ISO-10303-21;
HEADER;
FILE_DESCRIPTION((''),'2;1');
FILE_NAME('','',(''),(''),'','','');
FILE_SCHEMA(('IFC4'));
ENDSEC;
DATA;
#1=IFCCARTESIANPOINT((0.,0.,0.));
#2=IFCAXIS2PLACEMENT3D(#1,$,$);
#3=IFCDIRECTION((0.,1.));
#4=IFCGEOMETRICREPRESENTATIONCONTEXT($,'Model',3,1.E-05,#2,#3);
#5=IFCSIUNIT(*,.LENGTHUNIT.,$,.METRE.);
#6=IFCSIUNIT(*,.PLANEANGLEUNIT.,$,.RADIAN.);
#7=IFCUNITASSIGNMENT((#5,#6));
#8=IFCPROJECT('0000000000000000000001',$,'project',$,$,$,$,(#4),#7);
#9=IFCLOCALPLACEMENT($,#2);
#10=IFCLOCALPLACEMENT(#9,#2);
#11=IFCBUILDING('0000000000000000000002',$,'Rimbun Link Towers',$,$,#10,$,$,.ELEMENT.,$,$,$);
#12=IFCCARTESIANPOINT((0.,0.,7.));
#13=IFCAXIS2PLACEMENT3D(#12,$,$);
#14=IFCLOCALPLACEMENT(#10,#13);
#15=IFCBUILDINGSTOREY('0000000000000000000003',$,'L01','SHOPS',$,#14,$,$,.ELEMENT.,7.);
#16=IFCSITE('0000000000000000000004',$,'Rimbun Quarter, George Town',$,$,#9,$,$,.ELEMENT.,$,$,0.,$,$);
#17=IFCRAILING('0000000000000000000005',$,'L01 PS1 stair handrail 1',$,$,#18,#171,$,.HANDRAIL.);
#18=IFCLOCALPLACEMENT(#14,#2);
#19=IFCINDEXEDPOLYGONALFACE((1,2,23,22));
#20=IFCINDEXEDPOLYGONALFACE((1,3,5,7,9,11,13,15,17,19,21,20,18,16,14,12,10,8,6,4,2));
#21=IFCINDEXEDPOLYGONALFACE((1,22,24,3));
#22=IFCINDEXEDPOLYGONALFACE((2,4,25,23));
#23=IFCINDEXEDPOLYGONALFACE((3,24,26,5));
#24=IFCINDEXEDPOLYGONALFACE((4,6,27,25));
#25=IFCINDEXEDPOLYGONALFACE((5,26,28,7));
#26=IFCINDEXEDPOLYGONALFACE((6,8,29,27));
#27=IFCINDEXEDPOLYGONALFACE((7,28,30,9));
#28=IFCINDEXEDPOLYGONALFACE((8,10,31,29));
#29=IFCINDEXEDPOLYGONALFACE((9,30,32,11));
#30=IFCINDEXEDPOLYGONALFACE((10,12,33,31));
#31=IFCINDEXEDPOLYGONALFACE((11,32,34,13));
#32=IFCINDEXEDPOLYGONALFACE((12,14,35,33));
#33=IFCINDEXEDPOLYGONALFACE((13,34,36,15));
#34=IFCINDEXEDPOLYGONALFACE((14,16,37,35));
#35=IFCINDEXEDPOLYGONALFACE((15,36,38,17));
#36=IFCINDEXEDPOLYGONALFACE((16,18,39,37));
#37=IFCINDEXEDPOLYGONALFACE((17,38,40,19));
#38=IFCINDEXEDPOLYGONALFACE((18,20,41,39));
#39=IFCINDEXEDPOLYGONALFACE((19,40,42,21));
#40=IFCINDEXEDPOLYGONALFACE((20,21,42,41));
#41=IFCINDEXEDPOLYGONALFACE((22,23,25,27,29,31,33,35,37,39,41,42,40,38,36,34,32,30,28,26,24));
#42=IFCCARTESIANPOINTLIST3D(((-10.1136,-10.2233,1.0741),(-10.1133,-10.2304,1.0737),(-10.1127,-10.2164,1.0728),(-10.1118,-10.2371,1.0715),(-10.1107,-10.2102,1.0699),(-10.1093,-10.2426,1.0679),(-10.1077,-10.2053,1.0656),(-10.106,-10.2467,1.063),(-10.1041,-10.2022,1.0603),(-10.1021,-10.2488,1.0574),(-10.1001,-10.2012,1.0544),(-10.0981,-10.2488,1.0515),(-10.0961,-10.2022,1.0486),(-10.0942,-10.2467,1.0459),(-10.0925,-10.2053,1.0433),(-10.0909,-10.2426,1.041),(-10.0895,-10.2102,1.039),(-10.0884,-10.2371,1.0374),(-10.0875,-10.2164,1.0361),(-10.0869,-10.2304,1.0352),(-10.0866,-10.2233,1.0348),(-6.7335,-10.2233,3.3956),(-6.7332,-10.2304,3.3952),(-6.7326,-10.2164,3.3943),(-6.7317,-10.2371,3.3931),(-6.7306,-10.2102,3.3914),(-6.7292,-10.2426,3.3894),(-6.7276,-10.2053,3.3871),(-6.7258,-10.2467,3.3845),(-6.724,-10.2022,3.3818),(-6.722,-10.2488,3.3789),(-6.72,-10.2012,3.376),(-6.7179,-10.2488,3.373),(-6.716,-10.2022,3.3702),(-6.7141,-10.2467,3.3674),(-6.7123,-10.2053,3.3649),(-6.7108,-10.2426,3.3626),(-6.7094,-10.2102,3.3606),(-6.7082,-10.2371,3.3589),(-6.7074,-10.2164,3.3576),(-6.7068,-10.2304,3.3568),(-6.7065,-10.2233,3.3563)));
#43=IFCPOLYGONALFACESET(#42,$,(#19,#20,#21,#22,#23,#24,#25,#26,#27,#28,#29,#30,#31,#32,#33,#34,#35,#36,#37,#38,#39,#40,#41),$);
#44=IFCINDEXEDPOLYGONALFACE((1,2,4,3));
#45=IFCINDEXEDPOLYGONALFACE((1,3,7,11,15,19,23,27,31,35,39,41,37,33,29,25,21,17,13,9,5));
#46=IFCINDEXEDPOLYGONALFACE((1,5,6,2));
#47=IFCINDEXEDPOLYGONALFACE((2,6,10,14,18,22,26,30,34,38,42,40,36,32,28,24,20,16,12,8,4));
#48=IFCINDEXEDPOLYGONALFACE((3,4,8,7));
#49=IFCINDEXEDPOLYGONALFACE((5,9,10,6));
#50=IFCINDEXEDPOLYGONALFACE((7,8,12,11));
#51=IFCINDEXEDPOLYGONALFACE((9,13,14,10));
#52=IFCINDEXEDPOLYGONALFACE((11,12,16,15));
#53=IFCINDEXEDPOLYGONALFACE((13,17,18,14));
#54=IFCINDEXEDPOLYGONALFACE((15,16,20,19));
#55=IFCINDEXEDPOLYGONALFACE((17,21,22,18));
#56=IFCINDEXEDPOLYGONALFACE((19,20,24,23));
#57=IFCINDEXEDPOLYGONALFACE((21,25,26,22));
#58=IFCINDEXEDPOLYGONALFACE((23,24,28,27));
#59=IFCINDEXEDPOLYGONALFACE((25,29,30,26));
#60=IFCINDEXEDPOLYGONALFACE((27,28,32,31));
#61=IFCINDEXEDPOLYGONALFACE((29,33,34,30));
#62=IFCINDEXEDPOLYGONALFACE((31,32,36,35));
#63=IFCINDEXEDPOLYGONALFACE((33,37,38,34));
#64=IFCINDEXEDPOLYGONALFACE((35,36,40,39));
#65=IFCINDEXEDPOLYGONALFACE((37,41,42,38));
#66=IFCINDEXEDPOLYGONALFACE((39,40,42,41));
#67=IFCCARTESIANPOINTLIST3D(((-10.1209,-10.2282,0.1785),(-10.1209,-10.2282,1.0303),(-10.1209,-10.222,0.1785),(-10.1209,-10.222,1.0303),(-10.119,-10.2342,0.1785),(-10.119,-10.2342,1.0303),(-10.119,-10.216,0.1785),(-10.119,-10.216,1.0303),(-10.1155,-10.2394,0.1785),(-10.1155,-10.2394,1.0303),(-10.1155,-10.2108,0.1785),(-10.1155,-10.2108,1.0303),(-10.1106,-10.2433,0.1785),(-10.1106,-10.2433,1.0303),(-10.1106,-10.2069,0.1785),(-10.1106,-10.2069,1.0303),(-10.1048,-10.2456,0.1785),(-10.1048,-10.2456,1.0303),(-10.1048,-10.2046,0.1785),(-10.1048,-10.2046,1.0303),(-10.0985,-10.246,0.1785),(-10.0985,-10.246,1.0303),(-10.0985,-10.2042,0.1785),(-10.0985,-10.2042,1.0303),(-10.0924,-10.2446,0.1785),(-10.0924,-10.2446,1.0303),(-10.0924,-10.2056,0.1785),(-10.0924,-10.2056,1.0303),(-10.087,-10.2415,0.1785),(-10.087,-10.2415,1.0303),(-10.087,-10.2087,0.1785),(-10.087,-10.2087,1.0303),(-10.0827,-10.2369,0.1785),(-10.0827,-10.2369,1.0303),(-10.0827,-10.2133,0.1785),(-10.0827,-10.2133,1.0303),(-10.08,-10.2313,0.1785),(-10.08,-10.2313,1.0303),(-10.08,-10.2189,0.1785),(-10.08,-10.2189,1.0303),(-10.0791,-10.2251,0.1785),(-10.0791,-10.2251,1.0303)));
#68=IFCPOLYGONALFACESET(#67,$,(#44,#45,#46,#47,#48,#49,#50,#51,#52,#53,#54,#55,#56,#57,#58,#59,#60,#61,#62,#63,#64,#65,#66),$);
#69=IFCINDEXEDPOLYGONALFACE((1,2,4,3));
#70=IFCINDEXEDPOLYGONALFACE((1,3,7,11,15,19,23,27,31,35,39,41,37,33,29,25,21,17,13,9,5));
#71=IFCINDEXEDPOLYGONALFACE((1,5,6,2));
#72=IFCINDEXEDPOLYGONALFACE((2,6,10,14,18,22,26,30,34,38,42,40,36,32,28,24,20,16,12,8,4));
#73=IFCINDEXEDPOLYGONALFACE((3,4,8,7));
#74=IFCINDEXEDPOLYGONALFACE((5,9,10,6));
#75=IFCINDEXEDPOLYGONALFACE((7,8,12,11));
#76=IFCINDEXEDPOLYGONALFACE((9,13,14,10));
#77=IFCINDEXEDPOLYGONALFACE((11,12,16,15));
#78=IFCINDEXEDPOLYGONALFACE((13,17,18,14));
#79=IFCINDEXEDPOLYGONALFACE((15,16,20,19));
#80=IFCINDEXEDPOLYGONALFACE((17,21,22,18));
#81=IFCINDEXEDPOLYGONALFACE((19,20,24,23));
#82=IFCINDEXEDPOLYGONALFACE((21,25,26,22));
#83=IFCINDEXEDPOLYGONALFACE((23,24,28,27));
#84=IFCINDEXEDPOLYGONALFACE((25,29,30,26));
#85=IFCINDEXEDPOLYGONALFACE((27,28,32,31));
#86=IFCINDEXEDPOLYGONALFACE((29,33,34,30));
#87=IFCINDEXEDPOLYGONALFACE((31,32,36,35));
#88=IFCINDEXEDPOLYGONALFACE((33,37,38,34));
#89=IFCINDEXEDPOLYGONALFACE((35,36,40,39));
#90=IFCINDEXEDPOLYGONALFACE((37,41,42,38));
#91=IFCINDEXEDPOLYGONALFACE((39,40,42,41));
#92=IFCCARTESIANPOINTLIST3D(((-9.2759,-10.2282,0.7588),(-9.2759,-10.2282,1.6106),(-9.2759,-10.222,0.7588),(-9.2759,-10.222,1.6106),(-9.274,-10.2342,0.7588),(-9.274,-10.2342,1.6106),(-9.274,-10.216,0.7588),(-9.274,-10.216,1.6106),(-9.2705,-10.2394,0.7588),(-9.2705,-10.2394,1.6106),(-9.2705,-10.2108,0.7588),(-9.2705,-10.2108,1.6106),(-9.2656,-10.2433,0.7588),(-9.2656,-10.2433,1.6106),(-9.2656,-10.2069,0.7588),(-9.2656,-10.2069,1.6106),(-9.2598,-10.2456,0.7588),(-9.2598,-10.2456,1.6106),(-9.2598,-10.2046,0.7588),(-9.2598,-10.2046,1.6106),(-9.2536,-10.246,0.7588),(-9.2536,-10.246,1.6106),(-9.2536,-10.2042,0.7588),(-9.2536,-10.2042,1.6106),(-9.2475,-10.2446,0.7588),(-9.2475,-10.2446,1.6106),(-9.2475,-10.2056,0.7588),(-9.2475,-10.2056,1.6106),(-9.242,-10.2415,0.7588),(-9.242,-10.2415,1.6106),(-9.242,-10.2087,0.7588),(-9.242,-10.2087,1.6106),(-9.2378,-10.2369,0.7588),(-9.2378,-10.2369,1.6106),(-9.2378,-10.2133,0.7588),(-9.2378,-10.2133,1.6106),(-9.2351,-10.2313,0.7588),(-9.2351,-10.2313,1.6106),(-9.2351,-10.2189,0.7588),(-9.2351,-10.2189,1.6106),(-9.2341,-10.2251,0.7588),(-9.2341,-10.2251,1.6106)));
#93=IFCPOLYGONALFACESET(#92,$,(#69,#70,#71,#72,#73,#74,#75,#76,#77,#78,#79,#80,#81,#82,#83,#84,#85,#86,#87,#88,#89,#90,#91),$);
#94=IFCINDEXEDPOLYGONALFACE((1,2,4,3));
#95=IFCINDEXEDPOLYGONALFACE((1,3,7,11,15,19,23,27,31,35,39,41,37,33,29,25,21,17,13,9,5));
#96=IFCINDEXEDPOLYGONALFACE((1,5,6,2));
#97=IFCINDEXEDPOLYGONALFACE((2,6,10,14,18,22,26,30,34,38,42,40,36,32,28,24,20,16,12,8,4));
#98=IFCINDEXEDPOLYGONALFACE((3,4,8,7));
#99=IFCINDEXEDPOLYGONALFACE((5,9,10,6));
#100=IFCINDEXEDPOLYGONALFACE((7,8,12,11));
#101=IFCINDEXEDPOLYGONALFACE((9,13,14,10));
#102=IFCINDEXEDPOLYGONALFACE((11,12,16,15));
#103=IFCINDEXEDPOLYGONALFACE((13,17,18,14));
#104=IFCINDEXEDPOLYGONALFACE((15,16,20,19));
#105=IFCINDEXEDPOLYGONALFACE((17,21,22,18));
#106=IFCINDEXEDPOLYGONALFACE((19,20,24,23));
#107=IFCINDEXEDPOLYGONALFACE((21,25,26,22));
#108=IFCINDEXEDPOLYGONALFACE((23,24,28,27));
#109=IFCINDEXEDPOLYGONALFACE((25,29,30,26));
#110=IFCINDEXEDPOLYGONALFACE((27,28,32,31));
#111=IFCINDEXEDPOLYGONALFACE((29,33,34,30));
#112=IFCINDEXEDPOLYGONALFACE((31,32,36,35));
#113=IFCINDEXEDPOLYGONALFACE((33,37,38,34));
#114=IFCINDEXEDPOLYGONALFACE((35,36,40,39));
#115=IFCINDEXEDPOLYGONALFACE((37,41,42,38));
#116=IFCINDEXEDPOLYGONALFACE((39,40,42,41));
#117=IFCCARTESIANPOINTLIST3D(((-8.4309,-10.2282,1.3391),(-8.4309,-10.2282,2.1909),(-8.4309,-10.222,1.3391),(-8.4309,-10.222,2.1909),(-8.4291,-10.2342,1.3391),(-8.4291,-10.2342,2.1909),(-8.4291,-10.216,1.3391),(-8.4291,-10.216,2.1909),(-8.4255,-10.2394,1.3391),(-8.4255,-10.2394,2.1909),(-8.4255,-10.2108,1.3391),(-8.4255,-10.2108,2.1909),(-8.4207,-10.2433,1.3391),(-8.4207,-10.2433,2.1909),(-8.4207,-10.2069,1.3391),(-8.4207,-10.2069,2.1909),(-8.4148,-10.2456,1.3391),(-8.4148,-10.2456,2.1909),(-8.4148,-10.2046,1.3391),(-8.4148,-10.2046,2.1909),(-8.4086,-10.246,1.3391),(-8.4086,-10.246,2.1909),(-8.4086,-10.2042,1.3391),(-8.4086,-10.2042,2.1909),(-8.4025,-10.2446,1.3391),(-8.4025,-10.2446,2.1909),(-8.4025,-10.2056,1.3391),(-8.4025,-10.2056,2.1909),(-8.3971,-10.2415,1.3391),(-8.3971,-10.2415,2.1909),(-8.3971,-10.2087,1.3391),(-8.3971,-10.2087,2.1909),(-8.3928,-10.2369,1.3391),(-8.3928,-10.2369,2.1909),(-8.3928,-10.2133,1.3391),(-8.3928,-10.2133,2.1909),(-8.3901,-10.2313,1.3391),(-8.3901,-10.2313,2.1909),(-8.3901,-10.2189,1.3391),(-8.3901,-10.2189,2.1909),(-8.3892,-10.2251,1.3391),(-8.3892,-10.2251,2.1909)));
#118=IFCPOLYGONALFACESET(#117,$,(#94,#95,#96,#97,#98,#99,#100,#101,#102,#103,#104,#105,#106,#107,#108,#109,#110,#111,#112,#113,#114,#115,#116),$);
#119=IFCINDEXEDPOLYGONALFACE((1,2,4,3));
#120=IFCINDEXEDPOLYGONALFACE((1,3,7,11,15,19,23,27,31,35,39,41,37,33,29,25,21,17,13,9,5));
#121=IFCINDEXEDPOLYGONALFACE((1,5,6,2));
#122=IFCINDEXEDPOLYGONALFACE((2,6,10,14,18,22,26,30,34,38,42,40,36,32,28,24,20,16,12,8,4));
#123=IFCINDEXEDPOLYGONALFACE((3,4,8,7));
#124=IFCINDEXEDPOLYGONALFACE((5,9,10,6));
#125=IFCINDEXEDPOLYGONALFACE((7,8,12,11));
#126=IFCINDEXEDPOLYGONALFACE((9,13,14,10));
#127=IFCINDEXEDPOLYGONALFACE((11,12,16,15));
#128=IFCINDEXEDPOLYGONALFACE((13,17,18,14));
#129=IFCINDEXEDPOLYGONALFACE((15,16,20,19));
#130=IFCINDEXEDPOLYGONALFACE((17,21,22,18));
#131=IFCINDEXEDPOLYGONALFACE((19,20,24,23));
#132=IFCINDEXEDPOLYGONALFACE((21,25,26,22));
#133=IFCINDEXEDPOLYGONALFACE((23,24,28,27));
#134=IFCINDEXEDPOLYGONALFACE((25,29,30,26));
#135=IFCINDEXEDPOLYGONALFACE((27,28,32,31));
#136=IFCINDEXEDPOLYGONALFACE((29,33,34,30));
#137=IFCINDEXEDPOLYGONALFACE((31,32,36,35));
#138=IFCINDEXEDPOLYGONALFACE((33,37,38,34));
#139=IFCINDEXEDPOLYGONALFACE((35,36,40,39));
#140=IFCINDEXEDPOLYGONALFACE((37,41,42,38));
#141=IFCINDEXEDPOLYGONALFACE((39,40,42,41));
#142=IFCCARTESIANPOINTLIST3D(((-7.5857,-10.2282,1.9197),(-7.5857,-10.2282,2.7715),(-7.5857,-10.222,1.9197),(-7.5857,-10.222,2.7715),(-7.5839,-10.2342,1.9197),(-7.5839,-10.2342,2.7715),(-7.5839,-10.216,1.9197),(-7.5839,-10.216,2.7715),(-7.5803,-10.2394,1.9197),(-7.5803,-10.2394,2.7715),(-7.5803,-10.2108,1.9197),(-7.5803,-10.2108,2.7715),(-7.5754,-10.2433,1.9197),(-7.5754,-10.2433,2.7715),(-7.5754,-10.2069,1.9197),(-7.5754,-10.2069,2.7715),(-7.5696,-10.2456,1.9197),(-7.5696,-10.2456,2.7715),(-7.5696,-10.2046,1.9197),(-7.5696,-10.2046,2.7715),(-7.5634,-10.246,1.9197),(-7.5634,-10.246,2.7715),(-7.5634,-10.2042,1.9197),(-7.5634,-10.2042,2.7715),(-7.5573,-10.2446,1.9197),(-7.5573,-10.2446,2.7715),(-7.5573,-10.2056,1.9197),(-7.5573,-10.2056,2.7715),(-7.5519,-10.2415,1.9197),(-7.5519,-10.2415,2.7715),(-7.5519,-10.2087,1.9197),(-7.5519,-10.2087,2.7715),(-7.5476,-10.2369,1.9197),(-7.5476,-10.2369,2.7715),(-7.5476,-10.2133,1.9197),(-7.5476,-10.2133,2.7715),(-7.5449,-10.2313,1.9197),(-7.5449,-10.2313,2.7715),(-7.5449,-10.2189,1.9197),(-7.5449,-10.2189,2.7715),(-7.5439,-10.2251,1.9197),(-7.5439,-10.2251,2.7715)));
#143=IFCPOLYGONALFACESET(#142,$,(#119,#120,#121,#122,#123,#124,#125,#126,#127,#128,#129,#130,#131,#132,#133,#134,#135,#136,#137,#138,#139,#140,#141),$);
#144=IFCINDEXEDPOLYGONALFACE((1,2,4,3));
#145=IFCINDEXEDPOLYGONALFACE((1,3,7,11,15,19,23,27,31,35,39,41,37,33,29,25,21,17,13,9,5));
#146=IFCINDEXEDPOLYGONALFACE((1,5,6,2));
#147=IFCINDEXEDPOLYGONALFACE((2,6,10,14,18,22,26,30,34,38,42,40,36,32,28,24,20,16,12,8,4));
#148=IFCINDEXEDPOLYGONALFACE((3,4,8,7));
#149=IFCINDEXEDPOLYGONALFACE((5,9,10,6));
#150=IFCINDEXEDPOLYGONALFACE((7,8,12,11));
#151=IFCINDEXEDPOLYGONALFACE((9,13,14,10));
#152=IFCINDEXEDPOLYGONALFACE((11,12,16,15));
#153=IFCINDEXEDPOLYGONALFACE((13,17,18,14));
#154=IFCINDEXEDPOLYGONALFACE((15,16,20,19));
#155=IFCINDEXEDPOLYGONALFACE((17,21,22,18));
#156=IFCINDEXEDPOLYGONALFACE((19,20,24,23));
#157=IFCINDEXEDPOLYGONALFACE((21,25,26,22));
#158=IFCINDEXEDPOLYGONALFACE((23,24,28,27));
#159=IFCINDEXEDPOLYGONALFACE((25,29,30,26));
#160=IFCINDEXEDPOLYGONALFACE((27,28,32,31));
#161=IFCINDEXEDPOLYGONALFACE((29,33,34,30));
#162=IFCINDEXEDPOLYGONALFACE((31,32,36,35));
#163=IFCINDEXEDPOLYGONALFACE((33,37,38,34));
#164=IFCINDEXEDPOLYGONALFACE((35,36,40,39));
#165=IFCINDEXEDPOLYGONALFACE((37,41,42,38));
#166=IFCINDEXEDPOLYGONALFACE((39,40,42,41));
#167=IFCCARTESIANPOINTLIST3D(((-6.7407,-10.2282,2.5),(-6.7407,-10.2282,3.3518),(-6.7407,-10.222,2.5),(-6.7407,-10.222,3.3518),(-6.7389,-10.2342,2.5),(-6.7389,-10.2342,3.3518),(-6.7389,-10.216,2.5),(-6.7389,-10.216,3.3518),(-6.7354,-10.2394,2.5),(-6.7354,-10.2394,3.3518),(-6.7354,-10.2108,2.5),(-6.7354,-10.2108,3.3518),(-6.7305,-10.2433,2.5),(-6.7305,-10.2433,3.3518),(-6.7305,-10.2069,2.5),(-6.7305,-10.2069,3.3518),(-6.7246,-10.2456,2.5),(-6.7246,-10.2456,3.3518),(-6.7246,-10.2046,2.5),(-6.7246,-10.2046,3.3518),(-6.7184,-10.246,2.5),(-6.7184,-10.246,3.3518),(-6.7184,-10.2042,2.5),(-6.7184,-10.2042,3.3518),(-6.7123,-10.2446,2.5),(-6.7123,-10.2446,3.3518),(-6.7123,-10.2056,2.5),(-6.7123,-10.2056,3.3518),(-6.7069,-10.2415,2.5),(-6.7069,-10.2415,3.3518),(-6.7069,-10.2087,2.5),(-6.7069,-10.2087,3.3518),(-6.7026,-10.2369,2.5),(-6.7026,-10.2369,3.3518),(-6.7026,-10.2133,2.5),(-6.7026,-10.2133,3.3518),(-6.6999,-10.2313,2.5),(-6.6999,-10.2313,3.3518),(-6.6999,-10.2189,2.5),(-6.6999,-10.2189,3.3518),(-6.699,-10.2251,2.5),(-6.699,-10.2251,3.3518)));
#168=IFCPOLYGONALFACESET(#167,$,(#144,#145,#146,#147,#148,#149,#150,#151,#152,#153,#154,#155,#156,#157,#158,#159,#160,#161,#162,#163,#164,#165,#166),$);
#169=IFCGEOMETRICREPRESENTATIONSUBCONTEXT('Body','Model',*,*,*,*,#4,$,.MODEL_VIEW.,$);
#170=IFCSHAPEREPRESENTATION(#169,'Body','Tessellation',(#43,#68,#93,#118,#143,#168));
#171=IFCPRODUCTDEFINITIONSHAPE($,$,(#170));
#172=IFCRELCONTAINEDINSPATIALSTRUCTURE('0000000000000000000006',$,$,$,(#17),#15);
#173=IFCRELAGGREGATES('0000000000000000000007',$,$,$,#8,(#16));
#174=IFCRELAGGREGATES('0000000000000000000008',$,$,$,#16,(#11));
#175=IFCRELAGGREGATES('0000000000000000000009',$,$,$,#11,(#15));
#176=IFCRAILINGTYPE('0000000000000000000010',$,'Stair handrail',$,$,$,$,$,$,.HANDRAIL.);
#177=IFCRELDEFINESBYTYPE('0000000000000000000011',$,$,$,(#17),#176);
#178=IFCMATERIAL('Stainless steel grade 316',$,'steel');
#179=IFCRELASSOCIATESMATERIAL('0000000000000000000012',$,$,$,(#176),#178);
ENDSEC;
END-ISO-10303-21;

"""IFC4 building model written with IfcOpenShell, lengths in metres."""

from ifc_helpers import new_model, si_unit, direction, frame, origin, origin_2d, place, context, subcontext, project, spatial, circle, extrude, material, type_object, element, save


model = new_model("IFC4")

# Units and contexts
model_context = context("Model", 3, precision=1e-05, world=origin(), true_north=direction((0.0, 1.0)))
body_context = subcontext(model_context, "Body", "Model", "MODEL_VIEW")
ifc_project = project(units=[si_unit("LENGTHUNIT", "METRE"), si_unit("PLANEANGLEUNIT", "RADIAN")], contexts=[model_context])

# Site, building, storey
site_placement = place(None, origin())
site = spatial("IfcSite", under=ifc_project, at=site_placement, Name="Rimbun Quarter, George Town", CompositionType="ELEMENT", RefElevation=0.0)
building_placement = place(site_placement, origin())
building = spatial("IfcBuilding", under=site, at=building_placement, Name="Rimbun Link Towers", CompositionType="ELEMENT")
storey_placement = place(building_placement, frame((0.0, 0.0, 7.0)))
storey = spatial("IfcBuildingStorey", under=building, at=storey_placement, Name="L01", Description="SHOPS", CompositionType="ELEMENT", Elevation=7.0)

# Railing
ifc_material_1 = material(Name="Stainless steel grade 316", Category="steel")
railing_type_1 = type_object("IfcRailingType", Name="Stair handrail", PredefinedType="HANDRAIL", material=ifc_material_1)
railing_1_placement = place(storey_placement, frame((-10.1001, -10.2251, 0.1785)))
element("IfcRailing", 1, at=railing_1_placement, inside=storey, type_object=railing_type_1, Name="L01 PS1 stair handrail 1", PredefinedType="HANDRAIL", context=body_context, shape_type="SweptSolid", body=[
    extrude(circle(Radius=0.0239, at=origin_2d()), frame((0.0, 0.0, 0.876), z_axis=(0.824304, 0.0, 0.566147), x_axis=(0.0, 1.0, 0.0)), (0.0, 0.0, 1.0), 4.1006),
    extrude(circle(Radius=0.021, at=origin_2d()), origin(), (0.0, 0.0, 1.0), 0.8518),
    extrude(circle(Radius=0.021, at=origin_2d()), frame((0.845, 0.0, 0.5803)), (0.0, 0.0, 1.0), 0.8518),
    extrude(circle(Radius=0.021, at=origin_2d()), frame((1.6899, 0.0, 1.1606)), (0.0, 0.0, 1.0), 0.8518),
    extrude(circle(Radius=0.021, at=origin_2d()), frame((2.5352, 0.0, 1.7412)), (0.0, 0.0, 1.0), 0.8518),
    extrude(circle(Radius=0.021, at=origin_2d()), frame((3.3801, 0.0, 2.3215)), (0.0, 0.0, 1.0), 0.8518),
])

save(model, "model.ifc")
